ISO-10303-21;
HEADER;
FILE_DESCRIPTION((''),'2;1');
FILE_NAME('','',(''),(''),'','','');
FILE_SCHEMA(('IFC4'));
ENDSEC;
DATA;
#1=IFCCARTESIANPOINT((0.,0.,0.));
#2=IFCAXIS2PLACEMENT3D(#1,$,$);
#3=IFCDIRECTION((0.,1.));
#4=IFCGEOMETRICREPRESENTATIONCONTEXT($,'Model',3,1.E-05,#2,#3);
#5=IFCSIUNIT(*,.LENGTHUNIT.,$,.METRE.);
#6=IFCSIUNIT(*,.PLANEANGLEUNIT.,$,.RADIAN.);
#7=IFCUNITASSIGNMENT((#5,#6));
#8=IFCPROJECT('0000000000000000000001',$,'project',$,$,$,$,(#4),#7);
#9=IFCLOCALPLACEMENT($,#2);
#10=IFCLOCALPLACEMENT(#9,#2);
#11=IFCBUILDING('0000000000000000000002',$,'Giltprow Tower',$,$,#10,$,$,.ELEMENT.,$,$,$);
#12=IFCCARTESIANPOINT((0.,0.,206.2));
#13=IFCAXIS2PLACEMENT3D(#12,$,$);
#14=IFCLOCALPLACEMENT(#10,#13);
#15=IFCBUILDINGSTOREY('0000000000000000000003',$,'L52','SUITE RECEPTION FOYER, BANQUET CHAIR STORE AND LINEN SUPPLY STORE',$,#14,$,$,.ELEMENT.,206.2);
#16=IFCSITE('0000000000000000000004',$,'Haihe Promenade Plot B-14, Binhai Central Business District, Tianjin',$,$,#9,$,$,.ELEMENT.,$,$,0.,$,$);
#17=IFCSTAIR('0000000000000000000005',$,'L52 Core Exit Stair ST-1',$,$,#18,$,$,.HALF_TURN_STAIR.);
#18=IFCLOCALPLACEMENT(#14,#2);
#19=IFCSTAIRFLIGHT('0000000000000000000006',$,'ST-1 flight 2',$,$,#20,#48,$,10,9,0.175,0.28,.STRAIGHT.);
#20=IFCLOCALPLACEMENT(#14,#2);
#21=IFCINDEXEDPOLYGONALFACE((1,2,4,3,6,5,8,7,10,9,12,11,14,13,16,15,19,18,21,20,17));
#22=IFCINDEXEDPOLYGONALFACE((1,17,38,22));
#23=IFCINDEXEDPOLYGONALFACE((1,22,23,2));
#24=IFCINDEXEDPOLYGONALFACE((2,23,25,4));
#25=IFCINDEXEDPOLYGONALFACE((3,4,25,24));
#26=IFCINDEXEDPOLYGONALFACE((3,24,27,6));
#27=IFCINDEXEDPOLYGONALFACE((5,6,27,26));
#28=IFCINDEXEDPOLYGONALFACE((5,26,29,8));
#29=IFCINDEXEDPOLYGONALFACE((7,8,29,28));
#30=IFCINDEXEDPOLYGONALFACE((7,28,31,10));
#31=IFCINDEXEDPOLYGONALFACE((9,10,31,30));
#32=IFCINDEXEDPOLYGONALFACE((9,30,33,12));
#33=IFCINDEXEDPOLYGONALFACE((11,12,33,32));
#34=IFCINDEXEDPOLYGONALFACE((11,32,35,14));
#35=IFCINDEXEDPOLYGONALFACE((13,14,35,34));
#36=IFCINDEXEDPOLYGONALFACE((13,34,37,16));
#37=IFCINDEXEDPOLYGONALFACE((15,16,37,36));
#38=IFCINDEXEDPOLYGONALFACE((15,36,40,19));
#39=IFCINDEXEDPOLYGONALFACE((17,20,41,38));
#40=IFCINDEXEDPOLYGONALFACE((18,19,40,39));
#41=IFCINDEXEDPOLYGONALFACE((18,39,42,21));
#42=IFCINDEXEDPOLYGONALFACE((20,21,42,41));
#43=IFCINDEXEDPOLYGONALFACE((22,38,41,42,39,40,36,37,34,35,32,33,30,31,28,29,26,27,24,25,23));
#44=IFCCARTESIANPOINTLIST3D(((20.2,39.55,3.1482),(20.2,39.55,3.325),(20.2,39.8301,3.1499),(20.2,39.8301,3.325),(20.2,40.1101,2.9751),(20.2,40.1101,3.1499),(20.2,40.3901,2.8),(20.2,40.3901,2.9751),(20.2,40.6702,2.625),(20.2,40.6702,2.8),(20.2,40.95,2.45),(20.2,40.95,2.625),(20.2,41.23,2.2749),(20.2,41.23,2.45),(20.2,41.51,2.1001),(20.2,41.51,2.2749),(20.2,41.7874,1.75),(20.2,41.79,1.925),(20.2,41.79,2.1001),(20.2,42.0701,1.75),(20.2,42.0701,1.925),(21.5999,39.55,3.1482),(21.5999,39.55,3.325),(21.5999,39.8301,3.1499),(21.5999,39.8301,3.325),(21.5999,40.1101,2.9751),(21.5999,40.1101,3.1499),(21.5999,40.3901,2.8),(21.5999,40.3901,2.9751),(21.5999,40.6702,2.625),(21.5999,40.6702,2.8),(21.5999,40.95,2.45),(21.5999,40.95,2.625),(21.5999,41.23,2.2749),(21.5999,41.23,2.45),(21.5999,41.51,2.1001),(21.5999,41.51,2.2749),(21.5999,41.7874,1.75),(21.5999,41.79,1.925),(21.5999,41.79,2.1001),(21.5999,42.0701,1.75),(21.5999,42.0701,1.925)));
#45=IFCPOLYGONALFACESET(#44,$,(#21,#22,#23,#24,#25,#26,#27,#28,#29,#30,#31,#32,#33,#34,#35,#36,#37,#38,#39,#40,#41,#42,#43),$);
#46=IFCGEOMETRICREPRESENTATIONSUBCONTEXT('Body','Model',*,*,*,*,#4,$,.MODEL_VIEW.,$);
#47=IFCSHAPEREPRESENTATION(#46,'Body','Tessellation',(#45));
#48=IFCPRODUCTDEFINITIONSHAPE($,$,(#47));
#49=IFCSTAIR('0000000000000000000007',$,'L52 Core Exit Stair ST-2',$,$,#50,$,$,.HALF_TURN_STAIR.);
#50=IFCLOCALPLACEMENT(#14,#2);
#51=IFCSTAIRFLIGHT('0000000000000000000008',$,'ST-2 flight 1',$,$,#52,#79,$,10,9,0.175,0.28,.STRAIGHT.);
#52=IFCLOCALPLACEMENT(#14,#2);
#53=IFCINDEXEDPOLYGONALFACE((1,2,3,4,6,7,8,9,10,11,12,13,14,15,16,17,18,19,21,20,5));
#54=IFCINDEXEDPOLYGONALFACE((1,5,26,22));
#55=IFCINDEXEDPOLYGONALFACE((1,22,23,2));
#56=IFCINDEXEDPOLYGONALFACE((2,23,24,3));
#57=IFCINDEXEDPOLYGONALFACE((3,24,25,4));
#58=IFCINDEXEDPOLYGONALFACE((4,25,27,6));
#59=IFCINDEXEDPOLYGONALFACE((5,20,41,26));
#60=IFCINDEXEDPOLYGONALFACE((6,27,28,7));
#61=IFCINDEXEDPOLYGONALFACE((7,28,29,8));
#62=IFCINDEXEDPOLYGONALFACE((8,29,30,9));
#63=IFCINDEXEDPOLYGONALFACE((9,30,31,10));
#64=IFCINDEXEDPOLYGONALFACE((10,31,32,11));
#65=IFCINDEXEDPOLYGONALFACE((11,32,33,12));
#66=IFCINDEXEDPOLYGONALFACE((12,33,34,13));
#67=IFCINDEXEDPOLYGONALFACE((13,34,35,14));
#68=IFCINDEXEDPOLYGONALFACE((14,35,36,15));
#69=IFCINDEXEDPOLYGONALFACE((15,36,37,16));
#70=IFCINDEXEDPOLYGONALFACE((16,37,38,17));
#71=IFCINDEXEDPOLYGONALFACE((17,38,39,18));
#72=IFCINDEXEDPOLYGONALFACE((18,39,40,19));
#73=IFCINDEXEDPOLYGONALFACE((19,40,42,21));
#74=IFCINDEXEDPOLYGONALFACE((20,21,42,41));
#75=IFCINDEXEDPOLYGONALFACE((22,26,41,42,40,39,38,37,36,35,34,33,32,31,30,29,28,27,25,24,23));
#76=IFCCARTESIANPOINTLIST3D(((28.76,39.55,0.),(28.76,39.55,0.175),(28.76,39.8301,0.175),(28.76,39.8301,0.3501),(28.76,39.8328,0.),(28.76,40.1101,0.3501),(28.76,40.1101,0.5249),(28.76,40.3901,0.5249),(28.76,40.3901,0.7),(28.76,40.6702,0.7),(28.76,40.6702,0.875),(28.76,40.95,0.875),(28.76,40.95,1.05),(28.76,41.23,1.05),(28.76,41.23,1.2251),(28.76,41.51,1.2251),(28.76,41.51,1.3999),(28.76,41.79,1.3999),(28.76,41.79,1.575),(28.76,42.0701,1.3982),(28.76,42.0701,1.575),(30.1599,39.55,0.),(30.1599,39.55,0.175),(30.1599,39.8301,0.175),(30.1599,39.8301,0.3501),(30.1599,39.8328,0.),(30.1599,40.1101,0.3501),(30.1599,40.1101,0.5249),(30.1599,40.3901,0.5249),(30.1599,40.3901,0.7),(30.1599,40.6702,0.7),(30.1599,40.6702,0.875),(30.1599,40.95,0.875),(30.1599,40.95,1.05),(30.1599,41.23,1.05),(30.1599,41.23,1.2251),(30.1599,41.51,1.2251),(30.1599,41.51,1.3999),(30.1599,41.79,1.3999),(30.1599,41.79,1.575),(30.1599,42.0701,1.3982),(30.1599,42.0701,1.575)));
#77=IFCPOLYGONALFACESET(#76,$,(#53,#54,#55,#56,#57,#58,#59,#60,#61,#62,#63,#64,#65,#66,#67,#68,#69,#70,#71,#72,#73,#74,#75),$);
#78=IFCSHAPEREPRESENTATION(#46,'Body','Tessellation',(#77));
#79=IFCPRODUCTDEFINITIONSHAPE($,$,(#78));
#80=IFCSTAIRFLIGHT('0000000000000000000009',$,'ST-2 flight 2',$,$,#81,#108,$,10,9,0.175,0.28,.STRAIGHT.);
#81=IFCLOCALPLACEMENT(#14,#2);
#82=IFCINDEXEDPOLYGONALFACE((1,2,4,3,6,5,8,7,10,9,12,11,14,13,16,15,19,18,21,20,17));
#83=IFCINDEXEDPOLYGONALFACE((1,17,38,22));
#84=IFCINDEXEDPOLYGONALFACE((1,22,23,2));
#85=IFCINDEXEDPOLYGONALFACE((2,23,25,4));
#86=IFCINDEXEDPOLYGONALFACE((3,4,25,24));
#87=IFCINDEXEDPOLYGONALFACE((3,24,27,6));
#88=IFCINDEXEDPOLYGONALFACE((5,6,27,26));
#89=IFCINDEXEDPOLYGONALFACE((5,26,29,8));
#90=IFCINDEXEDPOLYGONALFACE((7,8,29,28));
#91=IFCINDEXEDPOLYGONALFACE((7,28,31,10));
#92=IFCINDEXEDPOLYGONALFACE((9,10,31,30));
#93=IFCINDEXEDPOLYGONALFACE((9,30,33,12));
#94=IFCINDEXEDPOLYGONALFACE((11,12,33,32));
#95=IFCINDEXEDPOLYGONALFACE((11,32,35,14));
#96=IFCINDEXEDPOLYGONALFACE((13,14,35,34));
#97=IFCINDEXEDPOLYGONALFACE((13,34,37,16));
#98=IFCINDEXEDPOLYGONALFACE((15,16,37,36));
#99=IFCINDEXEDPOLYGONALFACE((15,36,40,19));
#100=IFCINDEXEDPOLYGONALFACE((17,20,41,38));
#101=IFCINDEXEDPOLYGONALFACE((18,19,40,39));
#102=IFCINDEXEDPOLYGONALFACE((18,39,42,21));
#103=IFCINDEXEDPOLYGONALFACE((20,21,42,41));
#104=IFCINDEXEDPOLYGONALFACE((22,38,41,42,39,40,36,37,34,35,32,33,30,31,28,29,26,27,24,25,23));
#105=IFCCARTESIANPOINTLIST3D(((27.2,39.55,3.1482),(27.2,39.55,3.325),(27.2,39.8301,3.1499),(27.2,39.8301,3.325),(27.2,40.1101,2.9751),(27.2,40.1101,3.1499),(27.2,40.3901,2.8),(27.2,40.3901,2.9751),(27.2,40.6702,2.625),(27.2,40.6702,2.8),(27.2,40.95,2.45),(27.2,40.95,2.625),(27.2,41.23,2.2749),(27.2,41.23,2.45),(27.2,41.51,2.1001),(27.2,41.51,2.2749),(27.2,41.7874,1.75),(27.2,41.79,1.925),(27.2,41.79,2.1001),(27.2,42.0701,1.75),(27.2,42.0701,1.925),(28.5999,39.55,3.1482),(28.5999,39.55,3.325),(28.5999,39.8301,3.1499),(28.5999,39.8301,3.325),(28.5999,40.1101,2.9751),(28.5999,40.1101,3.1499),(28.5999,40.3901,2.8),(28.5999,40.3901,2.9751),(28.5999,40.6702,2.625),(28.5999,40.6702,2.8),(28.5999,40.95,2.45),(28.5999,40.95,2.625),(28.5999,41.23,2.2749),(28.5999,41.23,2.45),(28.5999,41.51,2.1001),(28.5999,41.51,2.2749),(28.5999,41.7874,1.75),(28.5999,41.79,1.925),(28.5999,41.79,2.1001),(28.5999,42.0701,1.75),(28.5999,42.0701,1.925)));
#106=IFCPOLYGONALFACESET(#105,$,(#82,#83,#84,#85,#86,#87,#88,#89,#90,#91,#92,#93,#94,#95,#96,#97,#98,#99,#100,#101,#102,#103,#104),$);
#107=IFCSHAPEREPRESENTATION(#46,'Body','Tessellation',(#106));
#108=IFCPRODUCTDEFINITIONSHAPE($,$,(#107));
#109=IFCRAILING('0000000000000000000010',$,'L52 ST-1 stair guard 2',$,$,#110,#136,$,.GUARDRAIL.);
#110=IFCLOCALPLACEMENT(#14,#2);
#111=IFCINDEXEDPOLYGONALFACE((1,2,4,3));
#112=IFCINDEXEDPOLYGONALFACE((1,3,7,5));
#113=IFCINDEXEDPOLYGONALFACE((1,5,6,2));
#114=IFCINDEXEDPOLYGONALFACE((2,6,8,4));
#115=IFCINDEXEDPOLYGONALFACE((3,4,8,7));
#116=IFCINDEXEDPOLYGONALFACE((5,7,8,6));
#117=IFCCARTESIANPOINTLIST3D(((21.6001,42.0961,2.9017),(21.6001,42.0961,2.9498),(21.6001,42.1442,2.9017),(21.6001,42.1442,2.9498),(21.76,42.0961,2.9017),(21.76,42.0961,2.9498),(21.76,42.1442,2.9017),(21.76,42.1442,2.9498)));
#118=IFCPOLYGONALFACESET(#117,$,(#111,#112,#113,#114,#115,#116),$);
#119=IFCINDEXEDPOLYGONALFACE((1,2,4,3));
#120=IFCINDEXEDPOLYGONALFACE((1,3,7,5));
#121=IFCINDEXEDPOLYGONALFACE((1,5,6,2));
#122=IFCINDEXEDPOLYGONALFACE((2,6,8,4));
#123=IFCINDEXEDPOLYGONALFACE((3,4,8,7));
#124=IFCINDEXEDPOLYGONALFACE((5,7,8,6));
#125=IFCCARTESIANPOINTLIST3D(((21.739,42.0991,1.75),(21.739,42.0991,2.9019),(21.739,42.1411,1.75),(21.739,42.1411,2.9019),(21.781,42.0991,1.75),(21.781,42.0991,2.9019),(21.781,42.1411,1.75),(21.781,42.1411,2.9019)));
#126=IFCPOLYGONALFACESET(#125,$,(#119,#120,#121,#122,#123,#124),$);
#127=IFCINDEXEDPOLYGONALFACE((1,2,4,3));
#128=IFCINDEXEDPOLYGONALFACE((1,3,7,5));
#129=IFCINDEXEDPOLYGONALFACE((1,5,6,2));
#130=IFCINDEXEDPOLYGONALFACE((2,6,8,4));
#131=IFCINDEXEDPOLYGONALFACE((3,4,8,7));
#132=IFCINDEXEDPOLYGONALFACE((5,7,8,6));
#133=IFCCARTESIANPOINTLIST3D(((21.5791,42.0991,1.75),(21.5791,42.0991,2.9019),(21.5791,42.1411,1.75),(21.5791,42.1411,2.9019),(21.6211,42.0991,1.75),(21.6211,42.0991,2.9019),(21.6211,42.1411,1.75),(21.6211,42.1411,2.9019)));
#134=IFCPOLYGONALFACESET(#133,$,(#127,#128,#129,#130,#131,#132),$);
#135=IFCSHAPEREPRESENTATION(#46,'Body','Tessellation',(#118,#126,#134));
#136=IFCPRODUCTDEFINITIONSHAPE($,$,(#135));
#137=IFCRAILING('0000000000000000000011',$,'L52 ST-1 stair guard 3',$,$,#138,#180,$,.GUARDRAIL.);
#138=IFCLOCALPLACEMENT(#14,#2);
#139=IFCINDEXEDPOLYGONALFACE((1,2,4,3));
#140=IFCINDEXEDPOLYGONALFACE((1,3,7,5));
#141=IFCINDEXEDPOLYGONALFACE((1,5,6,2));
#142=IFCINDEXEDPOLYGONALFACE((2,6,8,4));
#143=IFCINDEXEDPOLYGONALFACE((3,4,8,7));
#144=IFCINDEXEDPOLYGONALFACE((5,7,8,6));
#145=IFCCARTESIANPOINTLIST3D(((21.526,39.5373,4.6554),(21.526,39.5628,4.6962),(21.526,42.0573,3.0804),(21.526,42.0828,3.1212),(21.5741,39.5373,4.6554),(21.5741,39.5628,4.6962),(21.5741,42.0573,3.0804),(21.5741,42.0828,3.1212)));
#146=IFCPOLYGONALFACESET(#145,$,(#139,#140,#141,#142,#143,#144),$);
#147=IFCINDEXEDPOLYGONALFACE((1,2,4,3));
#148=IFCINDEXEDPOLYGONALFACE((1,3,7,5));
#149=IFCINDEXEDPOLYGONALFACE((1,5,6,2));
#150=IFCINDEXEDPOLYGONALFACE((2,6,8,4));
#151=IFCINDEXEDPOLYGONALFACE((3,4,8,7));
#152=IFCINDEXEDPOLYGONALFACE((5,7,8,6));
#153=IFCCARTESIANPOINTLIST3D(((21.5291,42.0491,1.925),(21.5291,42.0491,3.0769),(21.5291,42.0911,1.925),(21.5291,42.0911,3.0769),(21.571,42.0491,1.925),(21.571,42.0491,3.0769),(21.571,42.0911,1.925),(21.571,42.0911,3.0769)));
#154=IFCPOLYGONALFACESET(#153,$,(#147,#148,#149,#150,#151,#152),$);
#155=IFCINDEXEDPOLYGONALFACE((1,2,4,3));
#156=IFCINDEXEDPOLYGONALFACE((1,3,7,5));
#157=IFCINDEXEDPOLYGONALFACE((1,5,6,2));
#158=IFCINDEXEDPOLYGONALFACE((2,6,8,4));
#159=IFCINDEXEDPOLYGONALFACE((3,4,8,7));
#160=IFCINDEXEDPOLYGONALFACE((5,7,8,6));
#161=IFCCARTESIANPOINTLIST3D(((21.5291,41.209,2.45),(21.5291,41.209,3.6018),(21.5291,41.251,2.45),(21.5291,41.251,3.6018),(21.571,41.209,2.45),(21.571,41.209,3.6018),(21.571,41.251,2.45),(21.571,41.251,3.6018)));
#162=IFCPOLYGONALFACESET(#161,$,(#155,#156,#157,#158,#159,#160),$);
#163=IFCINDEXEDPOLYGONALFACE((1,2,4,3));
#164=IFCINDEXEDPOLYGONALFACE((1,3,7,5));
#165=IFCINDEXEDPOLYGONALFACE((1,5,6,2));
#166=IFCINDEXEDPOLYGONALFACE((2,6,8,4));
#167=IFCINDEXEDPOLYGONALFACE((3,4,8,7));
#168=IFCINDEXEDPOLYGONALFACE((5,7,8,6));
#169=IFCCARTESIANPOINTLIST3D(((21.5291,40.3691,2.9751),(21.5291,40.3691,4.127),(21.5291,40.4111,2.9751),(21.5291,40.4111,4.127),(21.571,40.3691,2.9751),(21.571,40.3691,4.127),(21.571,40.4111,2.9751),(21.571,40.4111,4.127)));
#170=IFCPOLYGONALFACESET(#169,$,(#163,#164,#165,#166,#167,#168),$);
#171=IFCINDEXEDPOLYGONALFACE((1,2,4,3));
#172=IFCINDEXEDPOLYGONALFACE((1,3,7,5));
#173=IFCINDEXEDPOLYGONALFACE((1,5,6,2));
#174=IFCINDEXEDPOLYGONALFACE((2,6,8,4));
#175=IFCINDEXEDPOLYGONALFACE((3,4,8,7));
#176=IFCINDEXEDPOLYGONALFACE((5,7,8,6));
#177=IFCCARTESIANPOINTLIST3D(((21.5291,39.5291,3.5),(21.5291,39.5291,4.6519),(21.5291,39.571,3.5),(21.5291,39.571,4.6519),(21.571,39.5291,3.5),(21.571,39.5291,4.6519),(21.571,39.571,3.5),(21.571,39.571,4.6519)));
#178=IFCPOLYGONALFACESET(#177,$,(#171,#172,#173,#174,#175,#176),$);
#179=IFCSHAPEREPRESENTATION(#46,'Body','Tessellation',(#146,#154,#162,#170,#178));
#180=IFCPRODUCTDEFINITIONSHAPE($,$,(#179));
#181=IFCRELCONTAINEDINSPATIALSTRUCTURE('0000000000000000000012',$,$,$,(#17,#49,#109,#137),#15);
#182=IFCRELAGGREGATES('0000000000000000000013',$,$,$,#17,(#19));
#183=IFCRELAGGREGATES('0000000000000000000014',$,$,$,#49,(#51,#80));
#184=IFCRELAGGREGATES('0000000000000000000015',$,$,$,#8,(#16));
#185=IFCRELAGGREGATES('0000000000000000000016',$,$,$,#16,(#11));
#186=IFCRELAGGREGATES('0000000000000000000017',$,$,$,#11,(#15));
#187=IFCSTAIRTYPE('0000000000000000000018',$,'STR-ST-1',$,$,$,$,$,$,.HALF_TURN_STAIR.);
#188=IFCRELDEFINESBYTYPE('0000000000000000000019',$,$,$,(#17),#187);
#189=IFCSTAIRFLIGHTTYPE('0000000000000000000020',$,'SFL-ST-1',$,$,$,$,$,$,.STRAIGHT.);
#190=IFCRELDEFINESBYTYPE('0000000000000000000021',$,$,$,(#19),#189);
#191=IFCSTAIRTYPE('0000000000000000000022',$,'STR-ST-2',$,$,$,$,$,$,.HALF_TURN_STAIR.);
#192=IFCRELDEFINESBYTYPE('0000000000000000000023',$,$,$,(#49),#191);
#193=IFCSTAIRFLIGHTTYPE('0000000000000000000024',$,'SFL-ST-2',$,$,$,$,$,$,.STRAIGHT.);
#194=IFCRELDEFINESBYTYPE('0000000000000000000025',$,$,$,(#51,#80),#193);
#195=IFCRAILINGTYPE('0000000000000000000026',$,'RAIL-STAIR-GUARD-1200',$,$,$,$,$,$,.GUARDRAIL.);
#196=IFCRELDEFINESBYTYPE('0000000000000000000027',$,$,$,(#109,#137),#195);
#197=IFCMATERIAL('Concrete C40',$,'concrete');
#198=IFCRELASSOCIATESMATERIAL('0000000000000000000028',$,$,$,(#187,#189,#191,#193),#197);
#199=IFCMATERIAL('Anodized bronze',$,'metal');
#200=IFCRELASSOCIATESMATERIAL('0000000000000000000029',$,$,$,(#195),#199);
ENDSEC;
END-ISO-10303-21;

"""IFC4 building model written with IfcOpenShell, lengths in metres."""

from ifc_helpers import new_model, si_unit, direction, frame, origin, origin_2d, place, context, subcontext, project, spatial, polyline, rectangle, outline, extrude, material, type_object, element, aggregate, save


model = new_model("IFC4")

# Units and contexts
model_context = context("Model", 3, precision=1e-05, world=origin(), true_north=direction((0.0, 1.0)))
body_context = subcontext(model_context, "Body", "Model", "MODEL_VIEW")
ifc_project = project(units=[si_unit("LENGTHUNIT", "METRE"), si_unit("PLANEANGLEUNIT", "RADIAN")], contexts=[model_context])

# Site, building, storey
site_placement = place(None, origin())
site = spatial("IfcSite", under=ifc_project, at=site_placement, Name="Haihe Promenade Plot B-14, Binhai Central Business District, Tianjin", CompositionType="ELEMENT", RefElevation=0.0)
building_placement = place(site_placement, origin())
building = spatial("IfcBuilding", under=site, at=building_placement, Name="Giltprow Tower", CompositionType="ELEMENT")
storey_placement = place(building_placement, frame((0.0, 0.0, 206.2)))
storey = spatial("IfcBuildingStorey", under=building, at=storey_placement, Name="L52", Description="SUITE RECEPTION FOYER, BANQUET CHAIR STORE AND LINEN SUPPLY STORE", CompositionType="ELEMENT", Elevation=206.2)

# Shared definitions
ifc_material_1 = material(Name="Concrete C40", Category="concrete")

# Stair, stair flight
stair_type_1 = type_object("IfcStairType", Name="STR-ST-1", PredefinedType="HALF_TURN_STAIR", material=ifc_material_1)
stair_1_placement = place(storey_placement, origin())
stair_1 = element("IfcStair", 1, at=stair_1_placement, inside=storey, type_object=stair_type_1, Name="L52 Core Exit Stair ST-1", PredefinedType="HALF_TURN_STAIR")
stair_flight_type_1 = type_object("IfcStairFlightType", Name="SFL-ST-1", PredefinedType="STRAIGHT", material=ifc_material_1)
stair_flight_1_placement = place(storey_placement, frame((20.8999, 42.0701, 1.75), z_axis=(0.0, 0.0, 1.0), x_axis=(0.0, -1.0, 0.0)))
stair_flight_1 = element("IfcStairFlight", 2, at=stair_flight_1_placement, type_object=stair_flight_type_1, Name="ST-1 flight 2", NumberOfRisers=10, NumberOfTreads=9, PredefinedType="STRAIGHT", RiserHeight=0.175, TreadLength=0.28, context=body_context, shape_type="SweptSolid", body=[
    extrude(outline(polyline([(0.0, 0.0), (0.0, 0.175), (0.28, 0.175), (0.28, 0.3501), (0.5601, 0.3501), (0.5601, 0.5249), (0.8401, 0.5249), (0.8401, 0.7), (1.1201, 0.7), (1.1201, 0.875), (1.3999, 0.875), (1.3999, 1.05), (1.6799, 1.05), (1.6799, 1.2251), (1.96, 1.2251), (1.96, 1.3999), (2.24, 1.3999), (2.24, 1.575), (2.52, 1.575), (2.52, 1.75), (2.52, 1.3982), (0.2827, 0.0), (0.0, 0.0)])), frame((0.0, 0.7, 0.0), z_axis=(0.0, -1.0, 0.0), x_axis=(1.0, 0.0, 0.0)), (0.0, 0.0, 1.0), 1.3999),
])
aggregate(stair_1, [stair_flight_1])

# Stair, stair flights
stair_type_2 = type_object("IfcStairType", Name="STR-ST-2", PredefinedType="HALF_TURN_STAIR", material=ifc_material_1)
stair_2_placement = place(storey_placement, origin())
stair_2 = element("IfcStair", 3, at=stair_2_placement, inside=storey, type_object=stair_type_2, Name="L52 Core Exit Stair ST-2", PredefinedType="HALF_TURN_STAIR")
stair_flight_type_2 = type_object("IfcStairFlightType", Name="SFL-ST-2", PredefinedType="STRAIGHT", material=ifc_material_1)
stair_flight_2_placement = place(storey_placement, frame((29.46, 39.55, 0.0), z_axis=(0.0, 0.0, 1.0), x_axis=(0.0, 1.0, 0.0)))
stair_flight_2 = element("IfcStairFlight", 4, at=stair_flight_2_placement, type_object=stair_flight_type_2, Name="ST-2 flight 1", NumberOfRisers=10, NumberOfTreads=9, PredefinedType="STRAIGHT", RiserHeight=0.175, TreadLength=0.28, context=body_context, shape_type="SweptSolid", body=[
    extrude(outline(polyline([(0.0, 0.0), (0.0, 0.175), (0.28, 0.175), (0.28, 0.3501), (0.5601, 0.3501), (0.5601, 0.5249), (0.8401, 0.5249), (0.8401, 0.7), (1.1201, 0.7), (1.1201, 0.875), (1.3999, 0.875), (1.3999, 1.05), (1.6799, 1.05), (1.6799, 1.2251), (1.96, 1.2251), (1.96, 1.3999), (2.24, 1.3999), (2.24, 1.575), (2.52, 1.575), (2.52, 1.75), (2.52, 1.3982), (0.2827, 0.0), (0.0, 0.0)])), frame((0.0, 0.7, 0.0), z_axis=(0.0, -1.0, 0.0), x_axis=(1.0, 0.0, 0.0)), (0.0, 0.0, 1.0), 1.3999),
])
stair_flight_3_placement = place(storey_placement, frame((27.8999, 42.0701, 1.75), z_axis=(0.0, 0.0, 1.0), x_axis=(0.0, -1.0, 0.0)))
stair_flight_3 = element("IfcStairFlight", 5, at=stair_flight_3_placement, type_object=stair_flight_type_2, Name="ST-2 flight 2", NumberOfRisers=10, NumberOfTreads=9, PredefinedType="STRAIGHT", RiserHeight=0.175, TreadLength=0.28, context=body_context, shape_type="SweptSolid", body=[
    extrude(outline(polyline([(0.0, 0.0), (0.0, 0.175), (0.28, 0.175), (0.28, 0.3501), (0.5601, 0.3501), (0.5601, 0.5249), (0.8401, 0.5249), (0.8401, 0.7), (1.1201, 0.7), (1.1201, 0.875), (1.3999, 0.875), (1.3999, 1.05), (1.6799, 1.05), (1.6799, 1.2251), (1.96, 1.2251), (1.96, 1.3999), (2.24, 1.3999), (2.24, 1.575), (2.52, 1.575), (2.52, 1.75), (2.52, 1.3982), (0.2827, 0.0), (0.0, 0.0)])), frame((0.0, 0.7, 0.0), z_axis=(0.0, -1.0, 0.0), x_axis=(1.0, 0.0, 0.0)), (0.0, 0.0, 1.0), 1.3999),
])
aggregate(stair_2, [stair_flight_2, stair_flight_3])

# Railings
ifc_material_2 = material(Name="Anodized bronze", Category="metal")
railing_type_1 = type_object("IfcRailingType", Name="RAIL-STAIR-GUARD-1200", PredefinedType="GUARDRAIL", material=ifc_material_2)
railing_1_placement = place(storey_placement, frame((21.76, 42.1201, 1.75)))
element("IfcRailing", 6, at=railing_1_placement, inside=storey, type_object=railing_type_1, Name="L52 ST-1 stair guard 2", PredefinedType="GUARDRAIL", context=body_context, shape_type="SweptSolid", body=[
    extrude(rectangle(XDim=0.0481, YDim=0.0481, at=origin_2d()), frame((0.0, 0.0, 1.1758), z_axis=(-1.0, 0.0, 0.0), x_axis=(0.0, -1.0, 0.0)), (0.0, 0.0, 1.0), 0.1599),
    extrude(rectangle(XDim=0.042, YDim=0.042, at=origin_2d()), origin(), (0.0, 0.0, 1.0), 1.1519),
    extrude(rectangle(XDim=0.042, YDim=0.042, at=origin_2d()), frame((-0.1599, 0.0, 0.0)), (0.0, 0.0, 1.0), 1.1519),
])
railing_2_placement = place(storey_placement, frame((21.55, 42.0701, 1.925)))
element("IfcRailing", 7, at=railing_2_placement, inside=storey, type_object=railing_type_1, Name="L52 ST-1 stair guard 3", PredefinedType="GUARDRAIL", context=body_context, shape_type="SweptSolid", body=[
    extrude(rectangle(XDim=0.0481, YDim=0.0481, at=origin_2d()), frame((0.0, 0.0, 1.1758), z_axis=(0.0, -0.848008, 0.529984), x_axis=(1.0, 0.0, 0.0)), (0.0, 0.0, 1.0), 2.9717),
    extrude(rectangle(XDim=0.042, YDim=0.042, at=origin_2d()), origin(), (0.0, 0.0, 1.0), 1.1519),
    extrude(rectangle(XDim=0.042, YDim=0.042, at=origin_2d()), frame((0.0, -0.8401, 0.5249)), (0.0, 0.0, 1.0), 1.1519),
    extrude(rectangle(XDim=0.042, YDim=0.042, at=origin_2d()), frame((0.0, -1.6799, 1.05)), (0.0, 0.0, 1.0), 1.1519),
    extrude(rectangle(XDim=0.042, YDim=0.042, at=origin_2d()), frame((0.0, -2.52, 1.575)), (0.0, 0.0, 1.0), 1.1519),
])

save(model, "model.ifc")
